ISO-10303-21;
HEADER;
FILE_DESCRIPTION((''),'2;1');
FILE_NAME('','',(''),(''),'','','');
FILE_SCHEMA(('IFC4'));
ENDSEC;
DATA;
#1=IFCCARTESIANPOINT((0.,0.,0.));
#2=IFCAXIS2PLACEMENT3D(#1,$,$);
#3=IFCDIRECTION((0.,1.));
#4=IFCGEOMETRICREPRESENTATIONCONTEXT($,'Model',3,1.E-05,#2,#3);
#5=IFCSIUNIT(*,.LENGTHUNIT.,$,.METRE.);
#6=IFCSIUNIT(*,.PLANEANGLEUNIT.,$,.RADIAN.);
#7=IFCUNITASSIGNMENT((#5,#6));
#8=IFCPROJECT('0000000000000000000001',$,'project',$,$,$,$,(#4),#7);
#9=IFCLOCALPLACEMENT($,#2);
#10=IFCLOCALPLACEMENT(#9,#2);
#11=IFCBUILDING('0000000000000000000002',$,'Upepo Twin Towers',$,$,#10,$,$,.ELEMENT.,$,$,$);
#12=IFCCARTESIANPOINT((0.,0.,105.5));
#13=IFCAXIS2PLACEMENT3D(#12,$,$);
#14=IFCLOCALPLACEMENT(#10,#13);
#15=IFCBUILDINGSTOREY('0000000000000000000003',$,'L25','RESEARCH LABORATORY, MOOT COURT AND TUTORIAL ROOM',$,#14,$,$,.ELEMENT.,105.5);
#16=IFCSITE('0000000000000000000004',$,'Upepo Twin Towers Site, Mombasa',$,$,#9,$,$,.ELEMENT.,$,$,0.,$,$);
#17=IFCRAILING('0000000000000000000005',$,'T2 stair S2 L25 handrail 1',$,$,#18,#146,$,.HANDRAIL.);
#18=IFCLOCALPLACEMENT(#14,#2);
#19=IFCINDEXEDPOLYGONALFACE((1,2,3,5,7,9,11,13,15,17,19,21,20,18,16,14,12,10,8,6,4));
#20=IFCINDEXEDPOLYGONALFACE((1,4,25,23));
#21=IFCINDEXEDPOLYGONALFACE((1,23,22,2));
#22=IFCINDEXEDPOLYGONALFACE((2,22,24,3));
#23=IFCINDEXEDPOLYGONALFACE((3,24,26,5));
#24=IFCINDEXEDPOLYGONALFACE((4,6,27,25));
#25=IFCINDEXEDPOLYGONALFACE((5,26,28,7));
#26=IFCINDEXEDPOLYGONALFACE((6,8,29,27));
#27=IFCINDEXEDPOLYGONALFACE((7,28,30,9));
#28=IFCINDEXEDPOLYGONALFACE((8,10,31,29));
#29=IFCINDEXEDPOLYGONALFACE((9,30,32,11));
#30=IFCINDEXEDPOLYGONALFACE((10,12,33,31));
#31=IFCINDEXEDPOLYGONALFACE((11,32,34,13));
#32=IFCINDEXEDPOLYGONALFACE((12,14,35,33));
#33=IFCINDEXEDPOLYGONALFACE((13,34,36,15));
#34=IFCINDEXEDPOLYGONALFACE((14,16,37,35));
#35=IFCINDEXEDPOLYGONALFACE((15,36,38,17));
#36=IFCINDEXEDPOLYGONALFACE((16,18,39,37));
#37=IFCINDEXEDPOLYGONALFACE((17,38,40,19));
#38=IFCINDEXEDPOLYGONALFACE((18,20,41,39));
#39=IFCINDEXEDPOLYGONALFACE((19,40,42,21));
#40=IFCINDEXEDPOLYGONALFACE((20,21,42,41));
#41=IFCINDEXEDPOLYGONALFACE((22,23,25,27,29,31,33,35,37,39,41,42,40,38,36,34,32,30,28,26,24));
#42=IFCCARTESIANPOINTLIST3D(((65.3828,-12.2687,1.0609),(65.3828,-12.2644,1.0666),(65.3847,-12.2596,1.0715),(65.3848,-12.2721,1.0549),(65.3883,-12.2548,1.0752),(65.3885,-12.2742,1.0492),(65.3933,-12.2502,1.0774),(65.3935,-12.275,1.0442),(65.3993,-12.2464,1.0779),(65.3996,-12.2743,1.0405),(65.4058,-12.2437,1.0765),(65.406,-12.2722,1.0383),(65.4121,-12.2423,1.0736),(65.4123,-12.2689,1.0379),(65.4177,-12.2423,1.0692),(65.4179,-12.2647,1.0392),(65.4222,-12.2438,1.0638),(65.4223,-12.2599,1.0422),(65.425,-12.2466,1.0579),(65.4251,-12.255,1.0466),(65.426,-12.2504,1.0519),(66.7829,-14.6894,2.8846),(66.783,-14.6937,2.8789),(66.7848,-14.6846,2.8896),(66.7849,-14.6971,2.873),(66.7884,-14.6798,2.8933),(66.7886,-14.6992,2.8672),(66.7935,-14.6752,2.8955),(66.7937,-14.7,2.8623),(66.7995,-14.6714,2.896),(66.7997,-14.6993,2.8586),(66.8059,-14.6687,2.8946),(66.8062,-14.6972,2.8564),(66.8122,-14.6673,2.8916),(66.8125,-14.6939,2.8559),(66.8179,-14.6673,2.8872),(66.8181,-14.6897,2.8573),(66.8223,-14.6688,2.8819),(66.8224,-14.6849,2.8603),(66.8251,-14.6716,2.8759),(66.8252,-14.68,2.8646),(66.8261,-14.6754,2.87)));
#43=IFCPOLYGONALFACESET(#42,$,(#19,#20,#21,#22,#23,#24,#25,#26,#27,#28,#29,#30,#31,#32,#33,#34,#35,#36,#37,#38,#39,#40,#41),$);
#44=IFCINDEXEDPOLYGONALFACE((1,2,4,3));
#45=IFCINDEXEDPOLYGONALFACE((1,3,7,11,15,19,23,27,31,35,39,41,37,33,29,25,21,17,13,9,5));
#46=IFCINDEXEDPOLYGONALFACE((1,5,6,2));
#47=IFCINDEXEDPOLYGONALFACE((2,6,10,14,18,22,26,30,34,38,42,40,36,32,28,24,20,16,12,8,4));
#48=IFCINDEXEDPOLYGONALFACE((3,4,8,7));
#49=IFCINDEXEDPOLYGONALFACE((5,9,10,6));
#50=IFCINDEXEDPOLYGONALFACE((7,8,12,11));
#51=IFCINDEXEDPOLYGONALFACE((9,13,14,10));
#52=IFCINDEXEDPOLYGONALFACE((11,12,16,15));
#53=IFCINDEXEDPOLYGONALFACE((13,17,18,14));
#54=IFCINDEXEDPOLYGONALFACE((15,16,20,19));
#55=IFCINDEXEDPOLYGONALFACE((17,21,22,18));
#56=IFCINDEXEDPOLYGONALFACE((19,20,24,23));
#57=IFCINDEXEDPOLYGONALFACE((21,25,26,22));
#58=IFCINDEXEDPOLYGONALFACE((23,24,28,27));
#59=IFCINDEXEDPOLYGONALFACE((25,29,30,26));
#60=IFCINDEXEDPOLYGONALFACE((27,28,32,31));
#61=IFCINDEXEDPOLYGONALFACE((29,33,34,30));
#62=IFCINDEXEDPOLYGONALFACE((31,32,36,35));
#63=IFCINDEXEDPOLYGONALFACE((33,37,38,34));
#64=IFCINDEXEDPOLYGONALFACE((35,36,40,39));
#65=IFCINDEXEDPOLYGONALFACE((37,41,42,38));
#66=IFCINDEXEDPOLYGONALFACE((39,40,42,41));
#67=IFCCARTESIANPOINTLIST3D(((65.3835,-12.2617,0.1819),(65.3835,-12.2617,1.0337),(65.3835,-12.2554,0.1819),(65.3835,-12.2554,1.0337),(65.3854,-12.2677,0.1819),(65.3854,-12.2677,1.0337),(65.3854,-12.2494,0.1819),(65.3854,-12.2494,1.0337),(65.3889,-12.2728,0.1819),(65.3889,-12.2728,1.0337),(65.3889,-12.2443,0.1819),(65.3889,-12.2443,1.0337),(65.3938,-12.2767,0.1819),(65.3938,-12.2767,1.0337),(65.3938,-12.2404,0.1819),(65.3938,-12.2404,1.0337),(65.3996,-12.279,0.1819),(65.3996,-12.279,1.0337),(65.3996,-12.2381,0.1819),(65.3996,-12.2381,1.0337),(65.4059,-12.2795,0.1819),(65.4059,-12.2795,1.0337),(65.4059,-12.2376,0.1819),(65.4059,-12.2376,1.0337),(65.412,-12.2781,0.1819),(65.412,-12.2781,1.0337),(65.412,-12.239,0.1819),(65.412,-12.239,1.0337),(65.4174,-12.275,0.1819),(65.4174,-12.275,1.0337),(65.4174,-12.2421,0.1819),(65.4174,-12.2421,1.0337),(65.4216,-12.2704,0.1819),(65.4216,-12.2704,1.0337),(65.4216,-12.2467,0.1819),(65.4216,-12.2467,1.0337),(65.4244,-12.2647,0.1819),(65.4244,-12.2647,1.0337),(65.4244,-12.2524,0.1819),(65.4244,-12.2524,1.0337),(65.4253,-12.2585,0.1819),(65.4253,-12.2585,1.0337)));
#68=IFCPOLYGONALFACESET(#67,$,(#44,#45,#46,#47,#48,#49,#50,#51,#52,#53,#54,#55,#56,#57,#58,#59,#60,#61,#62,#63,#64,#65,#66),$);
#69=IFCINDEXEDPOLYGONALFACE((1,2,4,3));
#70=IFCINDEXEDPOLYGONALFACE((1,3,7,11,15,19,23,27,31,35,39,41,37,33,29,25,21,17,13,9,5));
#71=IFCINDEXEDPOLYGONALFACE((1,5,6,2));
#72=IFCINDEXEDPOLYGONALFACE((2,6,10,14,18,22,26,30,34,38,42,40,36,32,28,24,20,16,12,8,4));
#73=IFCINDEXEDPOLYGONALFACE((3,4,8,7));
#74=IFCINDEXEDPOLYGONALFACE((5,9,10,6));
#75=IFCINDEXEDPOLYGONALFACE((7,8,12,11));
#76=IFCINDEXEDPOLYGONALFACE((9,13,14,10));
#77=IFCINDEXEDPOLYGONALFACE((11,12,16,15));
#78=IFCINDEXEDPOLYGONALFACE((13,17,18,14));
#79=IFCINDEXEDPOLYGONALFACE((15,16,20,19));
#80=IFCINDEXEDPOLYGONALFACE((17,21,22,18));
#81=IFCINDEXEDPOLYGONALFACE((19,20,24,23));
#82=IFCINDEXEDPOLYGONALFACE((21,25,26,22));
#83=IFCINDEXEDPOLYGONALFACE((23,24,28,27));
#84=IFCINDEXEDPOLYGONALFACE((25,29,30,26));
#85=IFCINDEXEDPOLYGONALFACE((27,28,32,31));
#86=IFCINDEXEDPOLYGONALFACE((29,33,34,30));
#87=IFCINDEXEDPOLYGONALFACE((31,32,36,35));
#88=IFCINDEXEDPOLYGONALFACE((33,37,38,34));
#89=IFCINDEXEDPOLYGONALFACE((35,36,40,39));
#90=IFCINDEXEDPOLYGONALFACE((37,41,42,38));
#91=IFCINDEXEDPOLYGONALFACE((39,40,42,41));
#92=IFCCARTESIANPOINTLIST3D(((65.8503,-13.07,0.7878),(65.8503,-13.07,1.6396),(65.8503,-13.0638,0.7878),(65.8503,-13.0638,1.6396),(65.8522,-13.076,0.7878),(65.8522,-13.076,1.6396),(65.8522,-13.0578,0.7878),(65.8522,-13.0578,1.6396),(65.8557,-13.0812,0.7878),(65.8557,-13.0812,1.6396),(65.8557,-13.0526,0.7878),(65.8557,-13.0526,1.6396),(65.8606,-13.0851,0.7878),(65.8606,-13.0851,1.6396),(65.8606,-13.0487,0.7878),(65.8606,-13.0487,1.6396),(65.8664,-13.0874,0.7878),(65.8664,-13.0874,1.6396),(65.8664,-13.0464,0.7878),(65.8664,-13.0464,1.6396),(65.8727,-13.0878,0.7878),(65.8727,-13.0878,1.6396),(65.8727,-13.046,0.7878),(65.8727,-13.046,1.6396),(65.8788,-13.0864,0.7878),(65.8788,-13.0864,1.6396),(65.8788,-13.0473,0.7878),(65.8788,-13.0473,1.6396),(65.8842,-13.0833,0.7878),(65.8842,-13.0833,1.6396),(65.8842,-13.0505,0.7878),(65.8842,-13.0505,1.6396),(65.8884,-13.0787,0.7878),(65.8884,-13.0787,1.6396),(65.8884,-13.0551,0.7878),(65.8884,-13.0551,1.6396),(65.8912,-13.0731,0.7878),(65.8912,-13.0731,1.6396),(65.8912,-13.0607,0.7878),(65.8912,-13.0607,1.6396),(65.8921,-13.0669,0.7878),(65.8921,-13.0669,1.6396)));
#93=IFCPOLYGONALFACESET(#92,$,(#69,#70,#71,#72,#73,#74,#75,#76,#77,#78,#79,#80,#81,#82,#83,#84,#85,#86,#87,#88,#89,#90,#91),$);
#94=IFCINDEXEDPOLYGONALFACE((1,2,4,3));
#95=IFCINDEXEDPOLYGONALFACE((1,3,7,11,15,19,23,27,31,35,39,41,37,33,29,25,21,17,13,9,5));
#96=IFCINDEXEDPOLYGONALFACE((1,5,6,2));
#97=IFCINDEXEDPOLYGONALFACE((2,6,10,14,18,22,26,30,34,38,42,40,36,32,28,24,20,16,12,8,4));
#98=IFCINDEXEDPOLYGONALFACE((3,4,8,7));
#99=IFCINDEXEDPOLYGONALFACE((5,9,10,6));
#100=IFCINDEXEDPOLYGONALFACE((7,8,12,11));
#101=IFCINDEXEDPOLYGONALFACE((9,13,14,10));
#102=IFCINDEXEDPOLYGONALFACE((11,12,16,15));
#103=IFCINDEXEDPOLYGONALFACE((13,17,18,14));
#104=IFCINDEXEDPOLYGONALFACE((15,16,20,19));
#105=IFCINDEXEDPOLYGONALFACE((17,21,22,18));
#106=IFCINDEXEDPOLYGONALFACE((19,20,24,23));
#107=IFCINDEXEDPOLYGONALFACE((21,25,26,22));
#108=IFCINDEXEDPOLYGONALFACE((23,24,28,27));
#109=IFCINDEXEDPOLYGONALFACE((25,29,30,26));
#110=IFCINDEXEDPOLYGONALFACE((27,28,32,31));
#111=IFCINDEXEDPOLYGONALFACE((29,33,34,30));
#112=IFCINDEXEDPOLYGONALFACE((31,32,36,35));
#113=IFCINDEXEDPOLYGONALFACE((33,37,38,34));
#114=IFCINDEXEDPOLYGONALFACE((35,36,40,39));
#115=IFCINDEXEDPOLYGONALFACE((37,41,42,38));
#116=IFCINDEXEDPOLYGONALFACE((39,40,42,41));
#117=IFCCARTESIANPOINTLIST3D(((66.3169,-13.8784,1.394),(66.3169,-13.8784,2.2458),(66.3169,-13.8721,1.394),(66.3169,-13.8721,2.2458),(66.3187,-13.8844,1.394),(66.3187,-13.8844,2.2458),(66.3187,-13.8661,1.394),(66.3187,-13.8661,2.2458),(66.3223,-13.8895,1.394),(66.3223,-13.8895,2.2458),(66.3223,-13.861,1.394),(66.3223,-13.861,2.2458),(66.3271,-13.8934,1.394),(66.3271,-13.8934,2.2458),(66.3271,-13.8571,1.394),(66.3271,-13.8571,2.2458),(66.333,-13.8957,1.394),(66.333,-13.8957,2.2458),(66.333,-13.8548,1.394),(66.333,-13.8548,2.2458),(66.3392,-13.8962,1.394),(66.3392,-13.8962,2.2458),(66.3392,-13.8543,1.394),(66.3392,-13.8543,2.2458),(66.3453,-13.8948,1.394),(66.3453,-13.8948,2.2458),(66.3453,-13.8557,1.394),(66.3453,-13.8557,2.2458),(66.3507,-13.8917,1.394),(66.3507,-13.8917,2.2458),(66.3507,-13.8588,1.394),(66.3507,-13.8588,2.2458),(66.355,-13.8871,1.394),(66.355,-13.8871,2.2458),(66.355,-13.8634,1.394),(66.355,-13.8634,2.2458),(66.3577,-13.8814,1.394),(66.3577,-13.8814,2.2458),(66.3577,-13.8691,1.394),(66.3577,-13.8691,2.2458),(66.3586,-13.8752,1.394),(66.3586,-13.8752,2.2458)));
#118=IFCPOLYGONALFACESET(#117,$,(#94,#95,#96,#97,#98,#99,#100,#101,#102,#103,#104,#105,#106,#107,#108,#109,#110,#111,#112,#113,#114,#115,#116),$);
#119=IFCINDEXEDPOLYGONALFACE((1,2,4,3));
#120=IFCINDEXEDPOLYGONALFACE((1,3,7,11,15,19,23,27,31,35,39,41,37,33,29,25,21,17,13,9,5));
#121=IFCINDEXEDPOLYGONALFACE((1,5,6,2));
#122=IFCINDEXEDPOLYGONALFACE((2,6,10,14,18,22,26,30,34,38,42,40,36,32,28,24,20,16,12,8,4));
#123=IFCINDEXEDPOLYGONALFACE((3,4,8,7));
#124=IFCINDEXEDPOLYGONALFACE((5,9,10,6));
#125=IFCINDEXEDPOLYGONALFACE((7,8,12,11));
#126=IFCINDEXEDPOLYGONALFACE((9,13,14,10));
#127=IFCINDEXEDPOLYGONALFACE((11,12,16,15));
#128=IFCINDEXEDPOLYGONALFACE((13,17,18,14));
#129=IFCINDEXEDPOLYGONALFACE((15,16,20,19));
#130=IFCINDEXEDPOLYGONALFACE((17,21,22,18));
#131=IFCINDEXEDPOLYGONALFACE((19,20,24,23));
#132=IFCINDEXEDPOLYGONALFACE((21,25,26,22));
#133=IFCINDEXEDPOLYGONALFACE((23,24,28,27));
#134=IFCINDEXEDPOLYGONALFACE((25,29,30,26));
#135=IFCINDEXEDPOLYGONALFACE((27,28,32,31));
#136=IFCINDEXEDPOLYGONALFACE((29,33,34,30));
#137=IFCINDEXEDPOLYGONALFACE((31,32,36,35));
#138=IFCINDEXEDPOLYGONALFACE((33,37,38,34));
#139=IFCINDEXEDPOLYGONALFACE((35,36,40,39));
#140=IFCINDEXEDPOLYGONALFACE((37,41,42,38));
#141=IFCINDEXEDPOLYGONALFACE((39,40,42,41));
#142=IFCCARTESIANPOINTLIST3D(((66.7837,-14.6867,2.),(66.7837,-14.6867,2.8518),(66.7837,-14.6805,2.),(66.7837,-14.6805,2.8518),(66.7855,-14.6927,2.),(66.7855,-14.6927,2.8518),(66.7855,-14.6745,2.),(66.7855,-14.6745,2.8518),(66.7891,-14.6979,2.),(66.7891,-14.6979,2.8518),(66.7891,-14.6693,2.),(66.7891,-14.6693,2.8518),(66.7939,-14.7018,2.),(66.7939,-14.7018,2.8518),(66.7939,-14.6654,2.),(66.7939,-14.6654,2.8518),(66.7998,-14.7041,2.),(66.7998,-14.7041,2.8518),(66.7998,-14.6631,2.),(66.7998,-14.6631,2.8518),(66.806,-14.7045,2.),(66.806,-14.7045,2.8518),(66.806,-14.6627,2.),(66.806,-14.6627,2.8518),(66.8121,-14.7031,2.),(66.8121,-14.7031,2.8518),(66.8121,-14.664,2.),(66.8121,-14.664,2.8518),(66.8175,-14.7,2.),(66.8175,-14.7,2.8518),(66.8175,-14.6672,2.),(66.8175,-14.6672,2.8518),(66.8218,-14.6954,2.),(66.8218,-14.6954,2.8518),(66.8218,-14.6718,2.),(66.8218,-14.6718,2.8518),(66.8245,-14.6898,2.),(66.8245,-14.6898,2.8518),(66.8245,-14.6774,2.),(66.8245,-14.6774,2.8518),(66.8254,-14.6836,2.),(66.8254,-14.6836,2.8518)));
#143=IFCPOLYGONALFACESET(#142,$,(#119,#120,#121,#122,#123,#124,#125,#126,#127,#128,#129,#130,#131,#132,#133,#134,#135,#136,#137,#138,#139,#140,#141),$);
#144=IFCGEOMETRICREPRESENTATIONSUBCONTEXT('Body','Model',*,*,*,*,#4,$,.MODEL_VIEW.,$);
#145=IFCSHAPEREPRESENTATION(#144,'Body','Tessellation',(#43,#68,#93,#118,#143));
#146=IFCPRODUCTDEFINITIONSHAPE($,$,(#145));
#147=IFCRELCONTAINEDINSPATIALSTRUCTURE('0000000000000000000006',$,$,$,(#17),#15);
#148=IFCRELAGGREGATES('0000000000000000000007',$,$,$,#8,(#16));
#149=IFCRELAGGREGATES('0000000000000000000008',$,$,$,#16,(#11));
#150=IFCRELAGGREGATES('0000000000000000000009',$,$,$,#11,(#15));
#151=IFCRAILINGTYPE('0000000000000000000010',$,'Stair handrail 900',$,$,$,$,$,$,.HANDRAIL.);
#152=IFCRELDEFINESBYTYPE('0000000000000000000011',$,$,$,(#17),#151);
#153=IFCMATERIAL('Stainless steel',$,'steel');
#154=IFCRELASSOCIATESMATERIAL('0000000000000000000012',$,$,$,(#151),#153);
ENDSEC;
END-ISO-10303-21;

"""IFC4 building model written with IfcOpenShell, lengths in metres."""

from ifc_helpers import new_model, si_unit, direction, frame, origin, origin_2d, place, context, subcontext, project, spatial, circle, extrude, material, type_object, element, save


model = new_model("IFC4")

# Units and contexts
model_context = context("Model", 3, precision=1e-05, world=origin(), true_north=direction((0.0, 1.0)))
body_context = subcontext(model_context, "Body", "Model", "MODEL_VIEW")
ifc_project = project(units=[si_unit("LENGTHUNIT", "METRE"), si_unit("PLANEANGLEUNIT", "RADIAN")], contexts=[model_context])

# Site, building, storey
site_placement = place(None, origin())
site = spatial("IfcSite", under=ifc_project, at=site_placement, Name="Upepo Twin Towers Site, Mombasa", CompositionType="ELEMENT", RefElevation=0.0)
building_placement = place(site_placement, origin())
building = spatial("IfcBuilding", under=site, at=building_placement, Name="Upepo Twin Towers", CompositionType="ELEMENT")
storey_placement = place(building_placement, frame((0.0, 0.0, 105.5)))
storey = spatial("IfcBuildingStorey", under=building, at=storey_placement, Name="L25", Description="RESEARCH LABORATORY, MOOT COURT AND TUTORIAL ROOM", CompositionType="ELEMENT", Elevation=105.5)

# Railing
ifc_material_1 = material(Name="Stainless steel", Category="steel")
railing_type = type_object("IfcRailingType", Name="Stair handrail 900", PredefinedType="HANDRAIL", material=ifc_material_1)
railing_1_placement = place(storey_placement, frame((65.4043, -12.2585, 0.1819)))
element("IfcRailing", 1, at=railing_1_placement, inside=storey, type_object=railing_type, Name="T2 stair S2 L25 handrail 1", PredefinedType="HANDRAIL", context=body_context, shape_type="SweptSolid", body=[
    extrude(circle(Radius=0.0239, at=origin_2d()), frame((0.0, 0.0, 0.876), z_axis=(0.419371, -0.726349, 0.54456), x_axis=(0.866019, 0.500012, 0.0)), (0.0, 0.0, 1.0), 3.3386),
    extrude(circle(Radius=0.021, at=origin_2d()), origin(), (0.0, 0.0, 1.0), 0.8518),
    extrude(circle(Radius=0.021, at=origin_2d()), frame((0.4668, -0.8083, 0.606)), (0.0, 0.0, 1.0), 0.8518),
    extrude(circle(Radius=0.021, at=origin_2d()), frame((0.9333, -1.6167, 1.2122)), (0.0, 0.0, 1.0), 0.8518),
    extrude(circle(Radius=0.021, at=origin_2d()), frame((1.4001, -2.425, 1.8181)), (0.0, 0.0, 1.0), 0.8518),
])

save(model, "model.ifc")
